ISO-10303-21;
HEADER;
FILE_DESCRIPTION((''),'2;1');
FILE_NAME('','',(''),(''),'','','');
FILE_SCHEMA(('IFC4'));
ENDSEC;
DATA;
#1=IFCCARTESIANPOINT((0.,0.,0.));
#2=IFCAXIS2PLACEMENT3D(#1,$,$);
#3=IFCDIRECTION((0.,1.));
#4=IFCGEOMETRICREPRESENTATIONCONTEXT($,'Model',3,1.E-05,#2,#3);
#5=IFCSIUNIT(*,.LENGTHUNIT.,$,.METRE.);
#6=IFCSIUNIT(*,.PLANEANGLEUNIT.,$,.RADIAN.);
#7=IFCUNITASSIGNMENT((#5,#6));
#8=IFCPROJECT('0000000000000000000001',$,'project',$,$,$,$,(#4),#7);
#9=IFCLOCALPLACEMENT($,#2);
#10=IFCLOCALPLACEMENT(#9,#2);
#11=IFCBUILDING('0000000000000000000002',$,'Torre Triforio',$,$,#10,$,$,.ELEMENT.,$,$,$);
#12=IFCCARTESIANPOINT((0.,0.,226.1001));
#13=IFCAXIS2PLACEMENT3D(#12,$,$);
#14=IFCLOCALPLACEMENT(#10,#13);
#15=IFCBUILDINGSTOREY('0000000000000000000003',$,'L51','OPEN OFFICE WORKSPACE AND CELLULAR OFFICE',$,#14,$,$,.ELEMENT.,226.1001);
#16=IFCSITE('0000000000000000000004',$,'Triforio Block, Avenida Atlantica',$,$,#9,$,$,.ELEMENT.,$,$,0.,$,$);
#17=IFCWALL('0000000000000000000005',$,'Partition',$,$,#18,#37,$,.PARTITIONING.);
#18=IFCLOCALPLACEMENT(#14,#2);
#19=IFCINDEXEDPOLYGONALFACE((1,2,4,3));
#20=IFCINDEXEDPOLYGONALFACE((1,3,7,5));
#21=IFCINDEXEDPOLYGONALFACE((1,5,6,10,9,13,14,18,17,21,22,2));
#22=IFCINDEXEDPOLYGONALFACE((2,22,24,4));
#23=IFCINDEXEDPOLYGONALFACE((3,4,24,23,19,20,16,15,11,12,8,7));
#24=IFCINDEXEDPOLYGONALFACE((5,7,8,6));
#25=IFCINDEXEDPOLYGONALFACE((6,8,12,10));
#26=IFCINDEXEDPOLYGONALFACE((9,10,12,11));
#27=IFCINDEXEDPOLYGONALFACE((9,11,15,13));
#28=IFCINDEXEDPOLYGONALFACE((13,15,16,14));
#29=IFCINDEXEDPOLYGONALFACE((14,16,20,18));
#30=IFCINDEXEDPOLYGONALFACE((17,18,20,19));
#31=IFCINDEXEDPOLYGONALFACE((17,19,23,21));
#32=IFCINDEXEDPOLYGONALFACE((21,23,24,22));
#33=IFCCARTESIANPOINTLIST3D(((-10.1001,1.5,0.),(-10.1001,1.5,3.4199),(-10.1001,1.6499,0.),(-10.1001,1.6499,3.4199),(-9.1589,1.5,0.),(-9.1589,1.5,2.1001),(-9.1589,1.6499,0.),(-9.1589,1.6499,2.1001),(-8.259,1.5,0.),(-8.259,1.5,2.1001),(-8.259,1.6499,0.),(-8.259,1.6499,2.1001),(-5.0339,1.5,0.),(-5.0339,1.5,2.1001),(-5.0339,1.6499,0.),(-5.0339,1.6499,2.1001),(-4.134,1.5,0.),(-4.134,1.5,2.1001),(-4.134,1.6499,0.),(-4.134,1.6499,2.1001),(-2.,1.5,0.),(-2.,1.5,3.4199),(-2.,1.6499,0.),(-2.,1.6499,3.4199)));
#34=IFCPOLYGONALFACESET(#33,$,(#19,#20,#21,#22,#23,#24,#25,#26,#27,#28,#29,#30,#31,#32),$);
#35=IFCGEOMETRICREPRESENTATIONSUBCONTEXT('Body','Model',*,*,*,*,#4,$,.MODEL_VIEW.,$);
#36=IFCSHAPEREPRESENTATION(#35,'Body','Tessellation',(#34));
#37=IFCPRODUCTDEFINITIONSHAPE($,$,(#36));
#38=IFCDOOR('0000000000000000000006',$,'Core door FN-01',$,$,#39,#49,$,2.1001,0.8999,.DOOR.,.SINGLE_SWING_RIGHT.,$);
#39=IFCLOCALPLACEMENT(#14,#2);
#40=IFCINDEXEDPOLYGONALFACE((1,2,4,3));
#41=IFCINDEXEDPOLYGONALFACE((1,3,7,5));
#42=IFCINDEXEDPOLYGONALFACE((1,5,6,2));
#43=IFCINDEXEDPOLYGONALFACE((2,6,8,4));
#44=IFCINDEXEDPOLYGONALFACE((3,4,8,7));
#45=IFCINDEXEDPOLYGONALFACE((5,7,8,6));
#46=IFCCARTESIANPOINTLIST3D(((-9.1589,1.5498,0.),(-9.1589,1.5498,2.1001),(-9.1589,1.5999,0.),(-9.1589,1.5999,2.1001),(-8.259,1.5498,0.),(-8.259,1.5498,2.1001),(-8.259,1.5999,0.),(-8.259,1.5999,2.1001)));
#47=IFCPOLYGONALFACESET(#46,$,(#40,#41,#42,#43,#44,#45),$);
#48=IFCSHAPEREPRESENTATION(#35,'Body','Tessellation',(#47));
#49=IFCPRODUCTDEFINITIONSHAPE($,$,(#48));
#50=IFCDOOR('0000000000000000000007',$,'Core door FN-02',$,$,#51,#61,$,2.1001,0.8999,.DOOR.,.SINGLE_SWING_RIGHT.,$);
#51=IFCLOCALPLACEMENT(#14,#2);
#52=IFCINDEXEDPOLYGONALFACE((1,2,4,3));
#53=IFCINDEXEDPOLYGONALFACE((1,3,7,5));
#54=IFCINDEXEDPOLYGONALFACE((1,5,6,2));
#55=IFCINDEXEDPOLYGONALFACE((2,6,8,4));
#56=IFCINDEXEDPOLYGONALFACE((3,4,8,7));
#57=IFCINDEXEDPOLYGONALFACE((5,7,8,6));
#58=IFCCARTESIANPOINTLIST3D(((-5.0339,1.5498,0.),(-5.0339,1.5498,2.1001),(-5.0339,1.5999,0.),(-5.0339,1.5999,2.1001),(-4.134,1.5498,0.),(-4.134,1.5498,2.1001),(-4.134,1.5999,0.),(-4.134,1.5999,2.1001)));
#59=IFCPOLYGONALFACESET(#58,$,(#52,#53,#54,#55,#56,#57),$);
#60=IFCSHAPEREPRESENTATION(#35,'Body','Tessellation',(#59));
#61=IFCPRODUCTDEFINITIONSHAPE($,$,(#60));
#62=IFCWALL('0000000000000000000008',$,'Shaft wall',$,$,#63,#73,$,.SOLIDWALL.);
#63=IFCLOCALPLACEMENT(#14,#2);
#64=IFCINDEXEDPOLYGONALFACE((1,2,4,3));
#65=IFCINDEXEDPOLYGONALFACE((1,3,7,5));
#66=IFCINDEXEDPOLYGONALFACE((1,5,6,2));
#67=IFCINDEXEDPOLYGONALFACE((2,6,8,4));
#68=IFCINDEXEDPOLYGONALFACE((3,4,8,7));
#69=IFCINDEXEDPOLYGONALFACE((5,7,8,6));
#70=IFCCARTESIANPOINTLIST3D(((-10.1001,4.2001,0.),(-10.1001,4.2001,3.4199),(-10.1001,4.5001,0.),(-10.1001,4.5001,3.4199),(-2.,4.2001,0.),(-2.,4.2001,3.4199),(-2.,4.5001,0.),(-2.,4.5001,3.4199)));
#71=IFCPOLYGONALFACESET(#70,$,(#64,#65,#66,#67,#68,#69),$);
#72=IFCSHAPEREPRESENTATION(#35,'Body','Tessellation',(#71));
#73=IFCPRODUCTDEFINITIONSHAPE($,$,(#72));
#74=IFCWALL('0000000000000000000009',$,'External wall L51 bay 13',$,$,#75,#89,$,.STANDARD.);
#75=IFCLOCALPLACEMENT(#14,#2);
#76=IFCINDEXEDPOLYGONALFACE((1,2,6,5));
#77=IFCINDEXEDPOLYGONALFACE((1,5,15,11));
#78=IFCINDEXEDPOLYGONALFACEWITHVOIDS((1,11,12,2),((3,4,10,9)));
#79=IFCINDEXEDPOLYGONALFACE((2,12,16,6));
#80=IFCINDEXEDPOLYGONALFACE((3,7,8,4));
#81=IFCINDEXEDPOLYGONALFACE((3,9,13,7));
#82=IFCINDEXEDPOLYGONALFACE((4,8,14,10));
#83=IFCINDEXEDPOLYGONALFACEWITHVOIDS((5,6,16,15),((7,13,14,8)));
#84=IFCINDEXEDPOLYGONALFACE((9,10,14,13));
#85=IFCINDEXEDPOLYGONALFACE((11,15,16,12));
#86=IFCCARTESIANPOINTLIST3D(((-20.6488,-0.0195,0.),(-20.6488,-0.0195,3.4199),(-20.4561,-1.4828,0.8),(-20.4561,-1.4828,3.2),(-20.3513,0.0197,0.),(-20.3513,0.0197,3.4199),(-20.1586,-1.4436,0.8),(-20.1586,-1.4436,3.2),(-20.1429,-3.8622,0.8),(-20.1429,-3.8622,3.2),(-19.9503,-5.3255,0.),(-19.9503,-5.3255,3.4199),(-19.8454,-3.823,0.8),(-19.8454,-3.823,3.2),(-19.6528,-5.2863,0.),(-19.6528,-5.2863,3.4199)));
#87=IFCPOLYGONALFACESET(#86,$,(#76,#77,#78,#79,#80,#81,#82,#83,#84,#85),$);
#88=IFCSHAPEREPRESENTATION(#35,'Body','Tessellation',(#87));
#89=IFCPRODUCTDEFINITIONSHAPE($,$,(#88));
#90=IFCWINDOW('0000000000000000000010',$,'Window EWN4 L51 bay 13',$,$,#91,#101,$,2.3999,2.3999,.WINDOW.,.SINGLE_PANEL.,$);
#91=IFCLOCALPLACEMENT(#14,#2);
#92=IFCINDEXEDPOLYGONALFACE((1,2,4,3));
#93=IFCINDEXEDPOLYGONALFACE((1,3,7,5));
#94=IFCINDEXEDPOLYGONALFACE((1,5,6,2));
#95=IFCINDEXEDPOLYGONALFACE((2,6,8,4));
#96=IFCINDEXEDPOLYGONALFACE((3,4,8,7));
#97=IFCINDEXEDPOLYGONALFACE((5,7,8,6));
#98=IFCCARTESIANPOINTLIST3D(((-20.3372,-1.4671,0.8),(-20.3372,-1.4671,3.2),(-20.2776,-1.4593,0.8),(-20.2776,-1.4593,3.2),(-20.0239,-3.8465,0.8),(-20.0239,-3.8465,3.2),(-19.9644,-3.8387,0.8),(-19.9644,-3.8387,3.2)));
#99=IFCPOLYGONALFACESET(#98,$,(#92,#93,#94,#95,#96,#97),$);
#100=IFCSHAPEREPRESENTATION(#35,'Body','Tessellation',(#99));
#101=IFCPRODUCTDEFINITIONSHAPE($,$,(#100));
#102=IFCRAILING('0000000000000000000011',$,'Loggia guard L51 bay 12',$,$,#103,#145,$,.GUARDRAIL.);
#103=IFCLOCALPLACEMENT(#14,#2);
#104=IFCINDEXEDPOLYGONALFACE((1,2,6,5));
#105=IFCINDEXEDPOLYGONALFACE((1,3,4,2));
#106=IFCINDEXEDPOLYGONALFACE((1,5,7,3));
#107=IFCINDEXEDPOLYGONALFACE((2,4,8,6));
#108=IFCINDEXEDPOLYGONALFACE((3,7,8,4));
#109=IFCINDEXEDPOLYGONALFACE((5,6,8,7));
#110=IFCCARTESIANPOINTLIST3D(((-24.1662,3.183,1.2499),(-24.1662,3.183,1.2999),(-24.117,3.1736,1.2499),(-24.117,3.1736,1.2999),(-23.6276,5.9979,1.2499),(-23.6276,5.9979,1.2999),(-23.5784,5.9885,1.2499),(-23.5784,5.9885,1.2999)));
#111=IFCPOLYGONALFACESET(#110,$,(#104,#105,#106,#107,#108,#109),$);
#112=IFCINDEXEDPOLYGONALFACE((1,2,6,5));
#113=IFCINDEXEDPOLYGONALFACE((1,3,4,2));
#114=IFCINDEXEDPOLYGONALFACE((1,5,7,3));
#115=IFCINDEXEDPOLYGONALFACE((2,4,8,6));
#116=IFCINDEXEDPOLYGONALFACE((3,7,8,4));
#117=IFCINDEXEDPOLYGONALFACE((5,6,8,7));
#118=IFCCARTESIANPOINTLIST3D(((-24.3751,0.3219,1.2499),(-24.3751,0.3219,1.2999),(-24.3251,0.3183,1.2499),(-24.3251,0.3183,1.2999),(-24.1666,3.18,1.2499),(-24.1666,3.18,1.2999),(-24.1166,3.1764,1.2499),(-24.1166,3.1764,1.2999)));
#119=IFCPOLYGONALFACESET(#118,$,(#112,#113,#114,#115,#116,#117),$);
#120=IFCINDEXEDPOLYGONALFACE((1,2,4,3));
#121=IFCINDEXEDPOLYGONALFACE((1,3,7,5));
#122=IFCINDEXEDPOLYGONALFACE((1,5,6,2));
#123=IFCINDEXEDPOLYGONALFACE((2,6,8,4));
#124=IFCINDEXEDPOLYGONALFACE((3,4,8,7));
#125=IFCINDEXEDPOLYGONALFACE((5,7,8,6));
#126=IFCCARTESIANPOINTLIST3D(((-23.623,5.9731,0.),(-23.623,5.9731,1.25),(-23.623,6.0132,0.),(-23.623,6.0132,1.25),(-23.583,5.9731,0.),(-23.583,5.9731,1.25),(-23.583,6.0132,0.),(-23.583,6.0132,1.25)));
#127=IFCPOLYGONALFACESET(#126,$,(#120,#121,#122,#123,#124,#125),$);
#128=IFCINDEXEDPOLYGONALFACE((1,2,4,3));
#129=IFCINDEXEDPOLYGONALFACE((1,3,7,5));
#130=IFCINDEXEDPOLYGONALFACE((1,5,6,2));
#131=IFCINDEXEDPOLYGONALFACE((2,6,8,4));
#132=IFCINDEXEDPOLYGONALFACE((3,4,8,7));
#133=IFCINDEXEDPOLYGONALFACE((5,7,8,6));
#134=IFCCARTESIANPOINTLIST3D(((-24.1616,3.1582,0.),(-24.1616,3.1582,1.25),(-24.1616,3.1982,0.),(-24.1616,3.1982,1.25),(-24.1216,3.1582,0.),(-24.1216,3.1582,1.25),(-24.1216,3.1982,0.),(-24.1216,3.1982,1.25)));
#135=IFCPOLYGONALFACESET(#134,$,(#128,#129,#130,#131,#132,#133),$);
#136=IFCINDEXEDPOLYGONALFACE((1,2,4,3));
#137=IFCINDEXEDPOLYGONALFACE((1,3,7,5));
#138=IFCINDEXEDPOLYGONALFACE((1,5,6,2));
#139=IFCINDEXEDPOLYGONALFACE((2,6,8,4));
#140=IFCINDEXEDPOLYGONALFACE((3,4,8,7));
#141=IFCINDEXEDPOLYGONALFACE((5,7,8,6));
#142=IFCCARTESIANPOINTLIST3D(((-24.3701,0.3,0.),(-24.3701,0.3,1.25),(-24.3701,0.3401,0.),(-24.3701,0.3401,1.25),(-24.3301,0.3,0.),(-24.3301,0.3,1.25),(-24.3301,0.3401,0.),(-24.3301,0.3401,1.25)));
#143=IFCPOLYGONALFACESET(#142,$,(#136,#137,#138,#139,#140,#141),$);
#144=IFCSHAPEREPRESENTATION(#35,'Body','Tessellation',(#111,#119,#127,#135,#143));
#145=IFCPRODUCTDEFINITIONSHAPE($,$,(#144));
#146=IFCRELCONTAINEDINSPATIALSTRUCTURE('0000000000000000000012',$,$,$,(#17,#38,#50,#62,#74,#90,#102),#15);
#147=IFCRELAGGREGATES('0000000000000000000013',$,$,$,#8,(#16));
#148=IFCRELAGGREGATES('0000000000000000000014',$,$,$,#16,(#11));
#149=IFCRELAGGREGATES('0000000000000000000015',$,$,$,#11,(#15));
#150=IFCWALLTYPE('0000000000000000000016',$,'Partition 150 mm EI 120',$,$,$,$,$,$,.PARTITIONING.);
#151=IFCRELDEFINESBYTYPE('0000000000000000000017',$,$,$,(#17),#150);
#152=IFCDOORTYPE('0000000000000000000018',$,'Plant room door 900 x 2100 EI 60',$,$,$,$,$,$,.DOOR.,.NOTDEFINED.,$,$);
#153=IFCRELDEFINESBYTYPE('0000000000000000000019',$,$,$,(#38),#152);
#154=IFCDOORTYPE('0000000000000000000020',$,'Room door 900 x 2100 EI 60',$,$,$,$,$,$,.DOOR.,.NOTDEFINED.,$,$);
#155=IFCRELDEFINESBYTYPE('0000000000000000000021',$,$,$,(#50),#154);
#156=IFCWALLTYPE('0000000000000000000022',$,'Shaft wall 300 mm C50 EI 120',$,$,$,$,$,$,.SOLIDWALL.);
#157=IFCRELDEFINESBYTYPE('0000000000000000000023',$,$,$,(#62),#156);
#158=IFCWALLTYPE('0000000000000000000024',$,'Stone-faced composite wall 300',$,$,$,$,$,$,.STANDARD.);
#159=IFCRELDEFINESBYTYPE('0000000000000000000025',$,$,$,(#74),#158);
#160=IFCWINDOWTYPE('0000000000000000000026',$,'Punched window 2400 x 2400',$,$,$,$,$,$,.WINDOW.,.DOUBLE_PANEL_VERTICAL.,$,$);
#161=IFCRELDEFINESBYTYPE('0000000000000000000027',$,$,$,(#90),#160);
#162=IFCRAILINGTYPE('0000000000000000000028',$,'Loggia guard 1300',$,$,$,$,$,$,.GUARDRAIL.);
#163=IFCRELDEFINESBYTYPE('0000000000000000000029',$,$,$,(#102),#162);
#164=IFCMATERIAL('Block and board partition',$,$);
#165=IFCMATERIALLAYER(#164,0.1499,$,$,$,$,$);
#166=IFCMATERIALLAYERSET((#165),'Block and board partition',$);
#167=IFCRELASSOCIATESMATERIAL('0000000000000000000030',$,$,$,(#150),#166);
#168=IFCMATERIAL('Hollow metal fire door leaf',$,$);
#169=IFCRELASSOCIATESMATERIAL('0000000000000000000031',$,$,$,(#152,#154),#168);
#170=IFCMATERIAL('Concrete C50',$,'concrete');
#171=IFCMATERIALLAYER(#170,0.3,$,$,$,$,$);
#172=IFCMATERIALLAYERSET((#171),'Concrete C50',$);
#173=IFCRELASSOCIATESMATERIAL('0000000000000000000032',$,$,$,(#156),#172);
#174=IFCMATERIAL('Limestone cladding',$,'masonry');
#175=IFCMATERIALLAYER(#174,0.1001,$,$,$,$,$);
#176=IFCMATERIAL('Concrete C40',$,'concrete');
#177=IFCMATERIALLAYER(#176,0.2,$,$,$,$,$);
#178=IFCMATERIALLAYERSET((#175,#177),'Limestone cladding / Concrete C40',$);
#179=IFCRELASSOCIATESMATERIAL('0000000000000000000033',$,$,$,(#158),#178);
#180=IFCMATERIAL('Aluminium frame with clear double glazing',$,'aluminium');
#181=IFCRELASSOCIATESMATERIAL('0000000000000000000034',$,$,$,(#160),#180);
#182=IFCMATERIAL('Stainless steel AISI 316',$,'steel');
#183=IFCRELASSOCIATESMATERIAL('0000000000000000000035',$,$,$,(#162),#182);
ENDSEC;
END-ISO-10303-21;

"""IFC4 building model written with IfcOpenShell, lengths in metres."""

from ifc_helpers import new_model, si_unit, direction, frame, frame_2d, origin, origin_2d, place, context, subcontext, project, spatial, rectangle, extrude, material, layer, layer_set, type_object, element, fill, save


model = new_model("IFC4")

# Units and contexts
model_context = context("Model", 3, precision=1e-05, world=origin(), true_north=direction((0.0, 1.0)))
body_context = subcontext(model_context, "Body", "Model", "MODEL_VIEW")
ifc_project = project(units=[si_unit("LENGTHUNIT", "METRE"), si_unit("PLANEANGLEUNIT", "RADIAN")], contexts=[model_context])

# Site, building, storey
site_placement = place(None, origin())
site = spatial("IfcSite", under=ifc_project, at=site_placement, Name="Triforio Block, Avenida Atlantica", CompositionType="ELEMENT", RefElevation=0.0)
building_placement = place(site_placement, origin())
building = spatial("IfcBuilding", under=site, at=building_placement, Name="Torre Triforio", CompositionType="ELEMENT")
storey_placement = place(building_placement, frame((0.0, 0.0, 226.1001)))
storey = spatial("IfcBuildingStorey", under=building, at=storey_placement, Name="L51", Description="OPEN OFFICE WORKSPACE AND CELLULAR OFFICE", CompositionType="ELEMENT", Elevation=226.1001)

# Shared definitions
ifc_material_1 = material(Name="Concrete C50", Category="concrete")

# Shared definitions
ifc_material_2 = material(Name="Concrete C40", Category="concrete")

# Shared definitions
ifc_material_3 = material(Name="Hollow metal fire door leaf")

# Wall, openings, doors
ifc_material_4 = material(Name="Block and board partition")
ifc_layer_1 = layer(ifc_material_4, 0.1499)
ifc_layer_set_1 = layer_set([ifc_layer_1], Name="Block and board partition")
wall_type_1 = type_object("IfcWallType", Name="Partition 150 mm EI 120", PredefinedType="PARTITIONING", material=ifc_layer_set_1)
wall_1_placement = place(storey_placement, frame((-10.1001, 1.575, 0.0), z_axis=(0.0, 0.0, 1.0), x_axis=(1.0, 0.0, 0.0)))
wall_1 = element("IfcWall", 1, at=wall_1_placement, inside=storey, type_object=wall_type_1, Name="Partition", PredefinedType="PARTITIONING", context=body_context, shape_type="SweptSolid", body=[
    extrude(rectangle(XDim=8.1001, YDim=0.1499, at=frame_2d((4.05, 0.0))), origin(), (0.0, 0.0, 1.0), 3.4199),
])
opening_1_placement = place(wall_1_placement, frame((0.9412, 0.0, 0.0)))
opening_1 = element("IfcOpeningElement", 2, at=opening_1_placement, cuts=wall_1, PredefinedType="OPENING", context=body_context, shape_type="SweptSolid", body=[
    extrude(rectangle(XDim=0.8999, YDim=2.1001, at=frame_2d((0.45, 1.05))), frame((0.0, 0.085, 0.0), z_axis=(0.0, -1.0, 0.0), x_axis=(1.0, 0.0, 0.0)), (0.0, 0.0, 1.0), 0.1699),
])
opening_2_placement = place(wall_1_placement, frame((5.0662, 0.0, 0.0)))
opening_2 = element("IfcOpeningElement", 3, at=opening_2_placement, cuts=wall_1, PredefinedType="OPENING", context=body_context, shape_type="SweptSolid", body=[
    extrude(rectangle(XDim=0.8999, YDim=2.1001, at=frame_2d((0.45, 1.05))), frame((0.0, 0.085, 0.0), z_axis=(0.0, -1.0, 0.0), x_axis=(1.0, 0.0, 0.0)), (0.0, 0.0, 1.0), 0.1699),
])
door_type_1 = type_object("IfcDoorType", Name="Plant room door 900 x 2100 EI 60", OperationType="NOTDEFINED", PredefinedType="DOOR", material=ifc_material_3)
door_1_placement = place(opening_1_placement, origin())
door_1 = element("IfcDoor", 4, at=door_1_placement, inside=storey, type_object=door_type_1, Name="Core door FN-01", OperationType="SINGLE_SWING_RIGHT", OverallHeight=2.1001, OverallWidth=0.8999, PredefinedType="DOOR", context=body_context, shape_type="SweptSolid", body=[
    extrude(rectangle(XDim=0.8999, YDim=2.1001, at=frame_2d((0.45, 1.05))), frame((0.0, 0.0249, 0.0), z_axis=(0.0, -1.0, 0.0), x_axis=(1.0, 0.0, 0.0)), (0.0, 0.0, 1.0), 0.05),
])
fill(opening_1, door_1)
door_type_2 = type_object("IfcDoorType", Name="Room door 900 x 2100 EI 60", OperationType="NOTDEFINED", PredefinedType="DOOR", material=ifc_material_3)
door_2_placement = place(opening_2_placement, origin())
door_2 = element("IfcDoor", 5, at=door_2_placement, inside=storey, type_object=door_type_2, Name="Core door FN-02", OperationType="SINGLE_SWING_RIGHT", OverallHeight=2.1001, OverallWidth=0.8999, PredefinedType="DOOR", context=body_context, shape_type="SweptSolid", body=[
    extrude(rectangle(XDim=0.8999, YDim=2.1001, at=frame_2d((0.45, 1.05))), frame((0.0, 0.0249, 0.0), z_axis=(0.0, -1.0, 0.0), x_axis=(1.0, 0.0, 0.0)), (0.0, 0.0, 1.0), 0.05),
])
fill(opening_2, door_2)

# Wall
ifc_layer_2 = layer(ifc_material_1, 0.3)
ifc_layer_set_2 = layer_set([ifc_layer_2], Name="Concrete C50")
wall_type_2 = type_object("IfcWallType", Name="Shaft wall 300 mm C50 EI 120", PredefinedType="SOLIDWALL", material=ifc_layer_set_2)
wall_2_placement = place(storey_placement, frame((-10.1001, 4.3501, 0.0), z_axis=(0.0, 0.0, 1.0), x_axis=(1.0, 0.0, 0.0)))
element("IfcWall", 6, at=wall_2_placement, inside=storey, type_object=wall_type_2, Name="Shaft wall", PredefinedType="SOLIDWALL", context=body_context, shape_type="SweptSolid", body=[
    extrude(rectangle(XDim=8.1001, YDim=0.3, at=frame_2d((4.05, 0.0))), origin(), (0.0, 0.0, 1.0), 3.4199),
])

# Shared definitions
ifc_material_5 = material(Name="Limestone cladding", Category="masonry")
ifc_layer_3 = layer(ifc_material_5, 0.1001)
ifc_layer_4 = layer(ifc_material_2, 0.2)
ifc_layer_set_3 = layer_set([ifc_layer_3, ifc_layer_4], Name="Limestone cladding / Concrete C40")
wall_type_3 = type_object("IfcWallType", Name="Stone-faced composite wall 300", PredefinedType="STANDARD", material=ifc_layer_set_3)
ifc_material_6 = material(Name="Aluminium frame with clear double glazing", Category="aluminium")

# Wall, opening, window
wall_3_placement = place(storey_placement, frame((-20.5, 0.0, 0.0), z_axis=(0.0, 0.0, 1.0), x_axis=(0.130517, -0.991446, 0.0)))
wall_3 = element("IfcWall", 7, at=wall_3_placement, inside=storey, type_object=wall_type_3, Name="External wall L51 bay 13", PredefinedType="STANDARD", context=body_context, shape_type="SweptSolid", body=[
    extrude(rectangle(XDim=5.3518, YDim=0.3, at=frame_2d((2.6758, 0.0))), origin(), (0.0, 0.0, 1.0), 3.4199),
])
opening_3_placement = place(wall_3_placement, frame((1.4758, 0.0, 0.8)))
opening_3 = element("IfcOpeningElement", 8, at=opening_3_placement, cuts=wall_3, PredefinedType="OPENING", context=body_context, shape_type="SweptSolid", body=[
    extrude(rectangle(XDim=2.3999, YDim=2.3999, at=frame_2d((1.2, 1.2))), frame((0.0, 0.1599, 0.0), z_axis=(0.0, -1.0, 0.0), x_axis=(1.0, 0.0, 0.0)), (0.0, 0.0, 1.0), 0.3201),
])
window_type_1 = type_object("IfcWindowType", Name="Punched window 2400 x 2400", PartitioningType="DOUBLE_PANEL_VERTICAL", PredefinedType="WINDOW", material=ifc_material_6)
window_1_placement = place(opening_3_placement, origin())
window_1 = element("IfcWindow", 9, at=window_1_placement, inside=storey, type_object=window_type_1, Name="Window EWN4 L51 bay 13", OverallHeight=2.3999, OverallWidth=2.3999, PartitioningType="SINGLE_PANEL", PredefinedType="WINDOW", context=body_context, shape_type="SweptSolid", body=[
    extrude(rectangle(XDim=2.3999, YDim=2.3999, at=frame_2d((1.2, 1.2))), frame((0.0, 0.03, 0.0), z_axis=(0.0, -1.0, 0.0), x_axis=(1.0, 0.0, 0.0)), (0.0, 0.0, 1.0), 0.0601),
])
fill(opening_3, window_1)

# Railing
ifc_material_7 = material(Name="Stainless steel AISI 316", Category="steel")
railing_type = type_object("IfcRailingType", Name="Loggia guard 1300", PredefinedType="GUARDRAIL", material=ifc_material_7)
railing_placement = place(storey_placement, frame((-23.603, 5.9932, 0.0)))
element("IfcRailing", 10, at=railing_placement, inside=storey, type_object=railing_type, Name="Loggia guard L51 bay 12", PredefinedType="GUARDRAIL", context=body_context, shape_type="SweptSolid", body=[
    extrude(rectangle(XDim=0.05, YDim=0.05, at=origin_2d()), frame((0.0, 0.0, 1.2749), z_axis=(-0.187918, -0.982185, 0.0), x_axis=(0.982185, -0.187918, 0.0)), (0.0, 0.0, 1.0), 2.866),
    extrude(rectangle(XDim=0.05, YDim=0.05, at=origin_2d()), frame((-0.5386, -2.8149, 1.2749), z_axis=(-0.072754, -0.99735, 0.0), x_axis=(0.99735, -0.072754, 0.0)), (0.0, 0.0, 1.0), 2.8657),
    extrude(rectangle(XDim=0.04, YDim=0.04, at=origin_2d()), origin(), (0.0, 0.0, 1.0), 1.25),
    extrude(rectangle(XDim=0.04, YDim=0.04, at=origin_2d()), frame((-0.5386, -2.8149, 0.0)), (0.0, 0.0, 1.0), 1.25),
    extrude(rectangle(XDim=0.04, YDim=0.04, at=origin_2d()), frame((-0.7471, -5.6731, 0.0)), (0.0, 0.0, 1.0), 1.25),
])

save(model, "model.ifc")
